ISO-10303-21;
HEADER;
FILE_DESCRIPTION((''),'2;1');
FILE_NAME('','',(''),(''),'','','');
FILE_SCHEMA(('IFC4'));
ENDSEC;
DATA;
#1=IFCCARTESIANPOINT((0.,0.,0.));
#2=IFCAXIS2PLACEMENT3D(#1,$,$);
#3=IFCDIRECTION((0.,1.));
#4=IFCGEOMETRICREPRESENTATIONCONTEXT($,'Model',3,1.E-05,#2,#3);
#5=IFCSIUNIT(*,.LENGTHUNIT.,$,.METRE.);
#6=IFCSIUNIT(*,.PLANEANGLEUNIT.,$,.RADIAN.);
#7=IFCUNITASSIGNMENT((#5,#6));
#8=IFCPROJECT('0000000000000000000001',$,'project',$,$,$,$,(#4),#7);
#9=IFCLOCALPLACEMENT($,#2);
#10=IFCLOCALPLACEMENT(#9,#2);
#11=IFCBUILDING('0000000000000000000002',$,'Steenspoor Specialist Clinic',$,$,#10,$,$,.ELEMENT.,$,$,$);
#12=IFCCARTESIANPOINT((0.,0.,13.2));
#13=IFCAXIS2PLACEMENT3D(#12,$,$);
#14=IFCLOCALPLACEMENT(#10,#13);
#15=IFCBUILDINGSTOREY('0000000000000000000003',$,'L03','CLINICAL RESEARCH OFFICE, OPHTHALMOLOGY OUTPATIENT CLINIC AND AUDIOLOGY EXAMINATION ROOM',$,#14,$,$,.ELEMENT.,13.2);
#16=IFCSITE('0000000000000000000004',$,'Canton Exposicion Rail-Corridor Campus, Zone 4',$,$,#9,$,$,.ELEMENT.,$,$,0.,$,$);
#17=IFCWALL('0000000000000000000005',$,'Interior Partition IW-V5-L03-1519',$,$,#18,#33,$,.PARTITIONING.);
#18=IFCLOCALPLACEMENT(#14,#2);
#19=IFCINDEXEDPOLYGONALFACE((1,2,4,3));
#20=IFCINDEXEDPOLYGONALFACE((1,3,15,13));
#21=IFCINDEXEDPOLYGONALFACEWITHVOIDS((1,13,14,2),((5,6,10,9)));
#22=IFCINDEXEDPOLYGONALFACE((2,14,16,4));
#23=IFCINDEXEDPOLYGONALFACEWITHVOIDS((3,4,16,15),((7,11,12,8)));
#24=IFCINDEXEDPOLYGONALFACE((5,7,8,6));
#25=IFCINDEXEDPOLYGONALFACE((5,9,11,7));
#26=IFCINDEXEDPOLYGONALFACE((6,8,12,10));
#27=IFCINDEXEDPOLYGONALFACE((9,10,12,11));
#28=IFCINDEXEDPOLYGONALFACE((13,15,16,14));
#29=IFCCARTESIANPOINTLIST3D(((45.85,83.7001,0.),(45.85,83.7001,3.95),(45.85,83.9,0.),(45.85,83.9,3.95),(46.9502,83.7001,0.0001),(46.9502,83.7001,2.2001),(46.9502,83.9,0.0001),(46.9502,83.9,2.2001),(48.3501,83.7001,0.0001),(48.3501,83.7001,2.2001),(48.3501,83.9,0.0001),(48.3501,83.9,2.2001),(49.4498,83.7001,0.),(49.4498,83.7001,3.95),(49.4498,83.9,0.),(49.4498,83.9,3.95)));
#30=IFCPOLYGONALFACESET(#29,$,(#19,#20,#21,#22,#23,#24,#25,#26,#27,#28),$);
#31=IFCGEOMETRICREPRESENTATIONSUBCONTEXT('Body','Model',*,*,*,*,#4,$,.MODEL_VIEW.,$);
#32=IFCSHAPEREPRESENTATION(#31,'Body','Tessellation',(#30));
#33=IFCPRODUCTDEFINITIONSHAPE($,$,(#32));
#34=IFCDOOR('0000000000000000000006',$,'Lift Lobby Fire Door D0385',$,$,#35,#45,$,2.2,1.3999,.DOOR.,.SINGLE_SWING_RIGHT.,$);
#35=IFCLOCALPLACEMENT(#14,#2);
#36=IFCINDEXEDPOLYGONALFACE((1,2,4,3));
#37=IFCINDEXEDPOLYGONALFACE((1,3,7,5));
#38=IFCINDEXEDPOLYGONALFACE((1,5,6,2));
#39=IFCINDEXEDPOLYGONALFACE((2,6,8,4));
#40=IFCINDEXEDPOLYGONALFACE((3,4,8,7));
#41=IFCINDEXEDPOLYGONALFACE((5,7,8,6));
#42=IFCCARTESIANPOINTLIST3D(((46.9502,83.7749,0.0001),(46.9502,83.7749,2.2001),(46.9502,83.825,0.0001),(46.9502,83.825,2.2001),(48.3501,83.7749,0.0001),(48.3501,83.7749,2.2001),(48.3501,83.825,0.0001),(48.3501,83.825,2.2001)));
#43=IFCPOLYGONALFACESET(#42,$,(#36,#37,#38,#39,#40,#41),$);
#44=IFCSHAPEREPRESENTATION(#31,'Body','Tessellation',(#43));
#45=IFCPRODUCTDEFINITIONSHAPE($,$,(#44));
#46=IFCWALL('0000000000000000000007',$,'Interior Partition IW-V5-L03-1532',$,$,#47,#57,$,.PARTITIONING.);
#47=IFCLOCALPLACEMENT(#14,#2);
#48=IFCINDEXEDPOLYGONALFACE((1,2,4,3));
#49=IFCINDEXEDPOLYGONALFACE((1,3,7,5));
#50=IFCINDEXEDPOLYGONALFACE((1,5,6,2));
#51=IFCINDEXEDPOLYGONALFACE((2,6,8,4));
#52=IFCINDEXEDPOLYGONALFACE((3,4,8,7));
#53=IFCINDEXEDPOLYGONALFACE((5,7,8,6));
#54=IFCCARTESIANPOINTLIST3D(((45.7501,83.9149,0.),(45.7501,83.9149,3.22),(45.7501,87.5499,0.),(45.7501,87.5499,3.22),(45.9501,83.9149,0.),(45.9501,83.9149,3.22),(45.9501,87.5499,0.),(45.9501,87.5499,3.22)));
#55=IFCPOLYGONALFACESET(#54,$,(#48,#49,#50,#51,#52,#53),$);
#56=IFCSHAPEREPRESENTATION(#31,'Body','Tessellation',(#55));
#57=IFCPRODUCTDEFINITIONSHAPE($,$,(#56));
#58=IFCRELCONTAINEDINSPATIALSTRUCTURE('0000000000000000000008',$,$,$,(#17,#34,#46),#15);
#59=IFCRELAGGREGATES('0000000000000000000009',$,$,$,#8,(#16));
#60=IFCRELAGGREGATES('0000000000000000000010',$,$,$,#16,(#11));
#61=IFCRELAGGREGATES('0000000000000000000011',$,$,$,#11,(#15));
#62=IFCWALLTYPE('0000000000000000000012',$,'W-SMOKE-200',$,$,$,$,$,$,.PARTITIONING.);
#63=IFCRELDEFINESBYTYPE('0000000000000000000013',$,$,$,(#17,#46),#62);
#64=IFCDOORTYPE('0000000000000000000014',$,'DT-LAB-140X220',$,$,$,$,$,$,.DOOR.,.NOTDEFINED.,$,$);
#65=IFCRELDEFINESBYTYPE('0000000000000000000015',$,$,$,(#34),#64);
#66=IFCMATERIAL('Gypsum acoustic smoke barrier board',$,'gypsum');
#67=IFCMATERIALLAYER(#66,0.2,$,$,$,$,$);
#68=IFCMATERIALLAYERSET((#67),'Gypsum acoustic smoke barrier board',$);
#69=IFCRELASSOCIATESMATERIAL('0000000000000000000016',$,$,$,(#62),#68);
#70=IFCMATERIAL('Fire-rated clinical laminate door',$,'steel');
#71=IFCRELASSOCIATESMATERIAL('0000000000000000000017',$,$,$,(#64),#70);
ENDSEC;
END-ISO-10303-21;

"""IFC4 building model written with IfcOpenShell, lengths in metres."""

from ifc_helpers import new_model, si_unit, direction, frame, frame_2d, origin, place, context, subcontext, project, spatial, rectangle, extrude, material, layer, layer_set, type_object, element, fill, save


model = new_model("IFC4")

# Units and contexts
model_context = context("Model", 3, precision=1e-05, world=origin(), true_north=direction((0.0, 1.0)))
body_context = subcontext(model_context, "Body", "Model", "MODEL_VIEW")
ifc_project = project(units=[si_unit("LENGTHUNIT", "METRE"), si_unit("PLANEANGLEUNIT", "RADIAN")], contexts=[model_context])

# Site, building, storey
site_placement = place(None, origin())
site = spatial("IfcSite", under=ifc_project, at=site_placement, Name="Canton Exposicion Rail-Corridor Campus, Zone 4", CompositionType="ELEMENT", RefElevation=0.0)
building_placement = place(site_placement, origin())
building = spatial("IfcBuilding", under=site, at=building_placement, Name="Steenspoor Specialist Clinic", CompositionType="ELEMENT")
storey_placement = place(building_placement, frame((0.0, 0.0, 13.2)))
storey = spatial("IfcBuildingStorey", under=building, at=storey_placement, Name="L03", Description="CLINICAL RESEARCH OFFICE, OPHTHALMOLOGY OUTPATIENT CLINIC AND AUDIOLOGY EXAMINATION ROOM", CompositionType="ELEMENT", Elevation=13.2)

# Wall, opening, door
ifc_material_1 = material(Name="Gypsum acoustic smoke barrier board", Category="gypsum")
ifc_layer_1 = layer(ifc_material_1, 0.2)
ifc_layer_set_1 = layer_set([ifc_layer_1], Name="Gypsum acoustic smoke barrier board")
wall_type_1 = type_object("IfcWallType", Name="W-SMOKE-200", PredefinedType="PARTITIONING", material=ifc_layer_set_1)
wall_1_placement = place(storey_placement, frame((45.8501, 83.8, 0.0), z_axis=(0.0, 0.0, 1.0), x_axis=(1.0, 0.0, 0.0)))
wall_1 = element("IfcWall", 1, at=wall_1_placement, inside=storey, type_object=wall_type_1, Name="Interior Partition IW-V5-L03-1519", PredefinedType="PARTITIONING", context=body_context, shape_type="SweptSolid", body=[
    extrude(rectangle(XDim=3.5999, YDim=0.2, at=frame_2d((1.7998, 0.0))), origin(), (0.0, 0.0, 1.0), 3.95),
])
opening_1_placement = place(wall_1_placement, frame((1.1001, 0.0, 0.0)))
opening_1 = element("IfcOpeningElement", 2, at=opening_1_placement, cuts=wall_1, PredefinedType="OPENING", context=body_context, shape_type="SweptSolid", body=[
    extrude(rectangle(XDim=1.3999, YDim=2.2, at=frame_2d((0.7, 1.1001))), frame((0.0, 0.1099, 0.0), z_axis=(0.0, -1.0, 0.0), x_axis=(1.0, 0.0, 0.0)), (0.0, 0.0, 1.0), 0.22),
])
ifc_material_2 = material(Name="Fire-rated clinical laminate door", Category="steel")
door_type_1 = type_object("IfcDoorType", Name="DT-LAB-140X220", OperationType="NOTDEFINED", PredefinedType="DOOR", material=ifc_material_2)
door_1_placement = place(opening_1_placement, origin())
door_1 = element("IfcDoor", 3, at=door_1_placement, inside=storey, type_object=door_type_1, Name="Lift Lobby Fire Door D0385", OperationType="SINGLE_SWING_RIGHT", OverallHeight=2.2, OverallWidth=1.3999, PredefinedType="DOOR", context=body_context, shape_type="SweptSolid", body=[
    extrude(rectangle(XDim=1.3999, YDim=2.2, at=frame_2d((0.7, 1.1001))), frame((0.0, 0.0249, 0.0), z_axis=(0.0, -1.0, 0.0), x_axis=(1.0, 0.0, 0.0)), (0.0, 0.0, 1.0), 0.05),
])
fill(opening_1, door_1)

# Wall
wall_2_placement = place(storey_placement, frame((45.8501, 83.915, 0.0), z_axis=(0.0, 0.0, 1.0), x_axis=(0.0, 1.0, 0.0)))
element("IfcWall", 4, at=wall_2_placement, inside=storey, type_object=wall_type_1, Name="Interior Partition IW-V5-L03-1532", PredefinedType="PARTITIONING", context=body_context, shape_type="SweptSolid", body=[
    extrude(rectangle(XDim=3.635, YDim=0.2, at=frame_2d((1.8174, 0.0))), origin(), (0.0, 0.0, 1.0), 3.22),
])

save(model, "model.ifc")
